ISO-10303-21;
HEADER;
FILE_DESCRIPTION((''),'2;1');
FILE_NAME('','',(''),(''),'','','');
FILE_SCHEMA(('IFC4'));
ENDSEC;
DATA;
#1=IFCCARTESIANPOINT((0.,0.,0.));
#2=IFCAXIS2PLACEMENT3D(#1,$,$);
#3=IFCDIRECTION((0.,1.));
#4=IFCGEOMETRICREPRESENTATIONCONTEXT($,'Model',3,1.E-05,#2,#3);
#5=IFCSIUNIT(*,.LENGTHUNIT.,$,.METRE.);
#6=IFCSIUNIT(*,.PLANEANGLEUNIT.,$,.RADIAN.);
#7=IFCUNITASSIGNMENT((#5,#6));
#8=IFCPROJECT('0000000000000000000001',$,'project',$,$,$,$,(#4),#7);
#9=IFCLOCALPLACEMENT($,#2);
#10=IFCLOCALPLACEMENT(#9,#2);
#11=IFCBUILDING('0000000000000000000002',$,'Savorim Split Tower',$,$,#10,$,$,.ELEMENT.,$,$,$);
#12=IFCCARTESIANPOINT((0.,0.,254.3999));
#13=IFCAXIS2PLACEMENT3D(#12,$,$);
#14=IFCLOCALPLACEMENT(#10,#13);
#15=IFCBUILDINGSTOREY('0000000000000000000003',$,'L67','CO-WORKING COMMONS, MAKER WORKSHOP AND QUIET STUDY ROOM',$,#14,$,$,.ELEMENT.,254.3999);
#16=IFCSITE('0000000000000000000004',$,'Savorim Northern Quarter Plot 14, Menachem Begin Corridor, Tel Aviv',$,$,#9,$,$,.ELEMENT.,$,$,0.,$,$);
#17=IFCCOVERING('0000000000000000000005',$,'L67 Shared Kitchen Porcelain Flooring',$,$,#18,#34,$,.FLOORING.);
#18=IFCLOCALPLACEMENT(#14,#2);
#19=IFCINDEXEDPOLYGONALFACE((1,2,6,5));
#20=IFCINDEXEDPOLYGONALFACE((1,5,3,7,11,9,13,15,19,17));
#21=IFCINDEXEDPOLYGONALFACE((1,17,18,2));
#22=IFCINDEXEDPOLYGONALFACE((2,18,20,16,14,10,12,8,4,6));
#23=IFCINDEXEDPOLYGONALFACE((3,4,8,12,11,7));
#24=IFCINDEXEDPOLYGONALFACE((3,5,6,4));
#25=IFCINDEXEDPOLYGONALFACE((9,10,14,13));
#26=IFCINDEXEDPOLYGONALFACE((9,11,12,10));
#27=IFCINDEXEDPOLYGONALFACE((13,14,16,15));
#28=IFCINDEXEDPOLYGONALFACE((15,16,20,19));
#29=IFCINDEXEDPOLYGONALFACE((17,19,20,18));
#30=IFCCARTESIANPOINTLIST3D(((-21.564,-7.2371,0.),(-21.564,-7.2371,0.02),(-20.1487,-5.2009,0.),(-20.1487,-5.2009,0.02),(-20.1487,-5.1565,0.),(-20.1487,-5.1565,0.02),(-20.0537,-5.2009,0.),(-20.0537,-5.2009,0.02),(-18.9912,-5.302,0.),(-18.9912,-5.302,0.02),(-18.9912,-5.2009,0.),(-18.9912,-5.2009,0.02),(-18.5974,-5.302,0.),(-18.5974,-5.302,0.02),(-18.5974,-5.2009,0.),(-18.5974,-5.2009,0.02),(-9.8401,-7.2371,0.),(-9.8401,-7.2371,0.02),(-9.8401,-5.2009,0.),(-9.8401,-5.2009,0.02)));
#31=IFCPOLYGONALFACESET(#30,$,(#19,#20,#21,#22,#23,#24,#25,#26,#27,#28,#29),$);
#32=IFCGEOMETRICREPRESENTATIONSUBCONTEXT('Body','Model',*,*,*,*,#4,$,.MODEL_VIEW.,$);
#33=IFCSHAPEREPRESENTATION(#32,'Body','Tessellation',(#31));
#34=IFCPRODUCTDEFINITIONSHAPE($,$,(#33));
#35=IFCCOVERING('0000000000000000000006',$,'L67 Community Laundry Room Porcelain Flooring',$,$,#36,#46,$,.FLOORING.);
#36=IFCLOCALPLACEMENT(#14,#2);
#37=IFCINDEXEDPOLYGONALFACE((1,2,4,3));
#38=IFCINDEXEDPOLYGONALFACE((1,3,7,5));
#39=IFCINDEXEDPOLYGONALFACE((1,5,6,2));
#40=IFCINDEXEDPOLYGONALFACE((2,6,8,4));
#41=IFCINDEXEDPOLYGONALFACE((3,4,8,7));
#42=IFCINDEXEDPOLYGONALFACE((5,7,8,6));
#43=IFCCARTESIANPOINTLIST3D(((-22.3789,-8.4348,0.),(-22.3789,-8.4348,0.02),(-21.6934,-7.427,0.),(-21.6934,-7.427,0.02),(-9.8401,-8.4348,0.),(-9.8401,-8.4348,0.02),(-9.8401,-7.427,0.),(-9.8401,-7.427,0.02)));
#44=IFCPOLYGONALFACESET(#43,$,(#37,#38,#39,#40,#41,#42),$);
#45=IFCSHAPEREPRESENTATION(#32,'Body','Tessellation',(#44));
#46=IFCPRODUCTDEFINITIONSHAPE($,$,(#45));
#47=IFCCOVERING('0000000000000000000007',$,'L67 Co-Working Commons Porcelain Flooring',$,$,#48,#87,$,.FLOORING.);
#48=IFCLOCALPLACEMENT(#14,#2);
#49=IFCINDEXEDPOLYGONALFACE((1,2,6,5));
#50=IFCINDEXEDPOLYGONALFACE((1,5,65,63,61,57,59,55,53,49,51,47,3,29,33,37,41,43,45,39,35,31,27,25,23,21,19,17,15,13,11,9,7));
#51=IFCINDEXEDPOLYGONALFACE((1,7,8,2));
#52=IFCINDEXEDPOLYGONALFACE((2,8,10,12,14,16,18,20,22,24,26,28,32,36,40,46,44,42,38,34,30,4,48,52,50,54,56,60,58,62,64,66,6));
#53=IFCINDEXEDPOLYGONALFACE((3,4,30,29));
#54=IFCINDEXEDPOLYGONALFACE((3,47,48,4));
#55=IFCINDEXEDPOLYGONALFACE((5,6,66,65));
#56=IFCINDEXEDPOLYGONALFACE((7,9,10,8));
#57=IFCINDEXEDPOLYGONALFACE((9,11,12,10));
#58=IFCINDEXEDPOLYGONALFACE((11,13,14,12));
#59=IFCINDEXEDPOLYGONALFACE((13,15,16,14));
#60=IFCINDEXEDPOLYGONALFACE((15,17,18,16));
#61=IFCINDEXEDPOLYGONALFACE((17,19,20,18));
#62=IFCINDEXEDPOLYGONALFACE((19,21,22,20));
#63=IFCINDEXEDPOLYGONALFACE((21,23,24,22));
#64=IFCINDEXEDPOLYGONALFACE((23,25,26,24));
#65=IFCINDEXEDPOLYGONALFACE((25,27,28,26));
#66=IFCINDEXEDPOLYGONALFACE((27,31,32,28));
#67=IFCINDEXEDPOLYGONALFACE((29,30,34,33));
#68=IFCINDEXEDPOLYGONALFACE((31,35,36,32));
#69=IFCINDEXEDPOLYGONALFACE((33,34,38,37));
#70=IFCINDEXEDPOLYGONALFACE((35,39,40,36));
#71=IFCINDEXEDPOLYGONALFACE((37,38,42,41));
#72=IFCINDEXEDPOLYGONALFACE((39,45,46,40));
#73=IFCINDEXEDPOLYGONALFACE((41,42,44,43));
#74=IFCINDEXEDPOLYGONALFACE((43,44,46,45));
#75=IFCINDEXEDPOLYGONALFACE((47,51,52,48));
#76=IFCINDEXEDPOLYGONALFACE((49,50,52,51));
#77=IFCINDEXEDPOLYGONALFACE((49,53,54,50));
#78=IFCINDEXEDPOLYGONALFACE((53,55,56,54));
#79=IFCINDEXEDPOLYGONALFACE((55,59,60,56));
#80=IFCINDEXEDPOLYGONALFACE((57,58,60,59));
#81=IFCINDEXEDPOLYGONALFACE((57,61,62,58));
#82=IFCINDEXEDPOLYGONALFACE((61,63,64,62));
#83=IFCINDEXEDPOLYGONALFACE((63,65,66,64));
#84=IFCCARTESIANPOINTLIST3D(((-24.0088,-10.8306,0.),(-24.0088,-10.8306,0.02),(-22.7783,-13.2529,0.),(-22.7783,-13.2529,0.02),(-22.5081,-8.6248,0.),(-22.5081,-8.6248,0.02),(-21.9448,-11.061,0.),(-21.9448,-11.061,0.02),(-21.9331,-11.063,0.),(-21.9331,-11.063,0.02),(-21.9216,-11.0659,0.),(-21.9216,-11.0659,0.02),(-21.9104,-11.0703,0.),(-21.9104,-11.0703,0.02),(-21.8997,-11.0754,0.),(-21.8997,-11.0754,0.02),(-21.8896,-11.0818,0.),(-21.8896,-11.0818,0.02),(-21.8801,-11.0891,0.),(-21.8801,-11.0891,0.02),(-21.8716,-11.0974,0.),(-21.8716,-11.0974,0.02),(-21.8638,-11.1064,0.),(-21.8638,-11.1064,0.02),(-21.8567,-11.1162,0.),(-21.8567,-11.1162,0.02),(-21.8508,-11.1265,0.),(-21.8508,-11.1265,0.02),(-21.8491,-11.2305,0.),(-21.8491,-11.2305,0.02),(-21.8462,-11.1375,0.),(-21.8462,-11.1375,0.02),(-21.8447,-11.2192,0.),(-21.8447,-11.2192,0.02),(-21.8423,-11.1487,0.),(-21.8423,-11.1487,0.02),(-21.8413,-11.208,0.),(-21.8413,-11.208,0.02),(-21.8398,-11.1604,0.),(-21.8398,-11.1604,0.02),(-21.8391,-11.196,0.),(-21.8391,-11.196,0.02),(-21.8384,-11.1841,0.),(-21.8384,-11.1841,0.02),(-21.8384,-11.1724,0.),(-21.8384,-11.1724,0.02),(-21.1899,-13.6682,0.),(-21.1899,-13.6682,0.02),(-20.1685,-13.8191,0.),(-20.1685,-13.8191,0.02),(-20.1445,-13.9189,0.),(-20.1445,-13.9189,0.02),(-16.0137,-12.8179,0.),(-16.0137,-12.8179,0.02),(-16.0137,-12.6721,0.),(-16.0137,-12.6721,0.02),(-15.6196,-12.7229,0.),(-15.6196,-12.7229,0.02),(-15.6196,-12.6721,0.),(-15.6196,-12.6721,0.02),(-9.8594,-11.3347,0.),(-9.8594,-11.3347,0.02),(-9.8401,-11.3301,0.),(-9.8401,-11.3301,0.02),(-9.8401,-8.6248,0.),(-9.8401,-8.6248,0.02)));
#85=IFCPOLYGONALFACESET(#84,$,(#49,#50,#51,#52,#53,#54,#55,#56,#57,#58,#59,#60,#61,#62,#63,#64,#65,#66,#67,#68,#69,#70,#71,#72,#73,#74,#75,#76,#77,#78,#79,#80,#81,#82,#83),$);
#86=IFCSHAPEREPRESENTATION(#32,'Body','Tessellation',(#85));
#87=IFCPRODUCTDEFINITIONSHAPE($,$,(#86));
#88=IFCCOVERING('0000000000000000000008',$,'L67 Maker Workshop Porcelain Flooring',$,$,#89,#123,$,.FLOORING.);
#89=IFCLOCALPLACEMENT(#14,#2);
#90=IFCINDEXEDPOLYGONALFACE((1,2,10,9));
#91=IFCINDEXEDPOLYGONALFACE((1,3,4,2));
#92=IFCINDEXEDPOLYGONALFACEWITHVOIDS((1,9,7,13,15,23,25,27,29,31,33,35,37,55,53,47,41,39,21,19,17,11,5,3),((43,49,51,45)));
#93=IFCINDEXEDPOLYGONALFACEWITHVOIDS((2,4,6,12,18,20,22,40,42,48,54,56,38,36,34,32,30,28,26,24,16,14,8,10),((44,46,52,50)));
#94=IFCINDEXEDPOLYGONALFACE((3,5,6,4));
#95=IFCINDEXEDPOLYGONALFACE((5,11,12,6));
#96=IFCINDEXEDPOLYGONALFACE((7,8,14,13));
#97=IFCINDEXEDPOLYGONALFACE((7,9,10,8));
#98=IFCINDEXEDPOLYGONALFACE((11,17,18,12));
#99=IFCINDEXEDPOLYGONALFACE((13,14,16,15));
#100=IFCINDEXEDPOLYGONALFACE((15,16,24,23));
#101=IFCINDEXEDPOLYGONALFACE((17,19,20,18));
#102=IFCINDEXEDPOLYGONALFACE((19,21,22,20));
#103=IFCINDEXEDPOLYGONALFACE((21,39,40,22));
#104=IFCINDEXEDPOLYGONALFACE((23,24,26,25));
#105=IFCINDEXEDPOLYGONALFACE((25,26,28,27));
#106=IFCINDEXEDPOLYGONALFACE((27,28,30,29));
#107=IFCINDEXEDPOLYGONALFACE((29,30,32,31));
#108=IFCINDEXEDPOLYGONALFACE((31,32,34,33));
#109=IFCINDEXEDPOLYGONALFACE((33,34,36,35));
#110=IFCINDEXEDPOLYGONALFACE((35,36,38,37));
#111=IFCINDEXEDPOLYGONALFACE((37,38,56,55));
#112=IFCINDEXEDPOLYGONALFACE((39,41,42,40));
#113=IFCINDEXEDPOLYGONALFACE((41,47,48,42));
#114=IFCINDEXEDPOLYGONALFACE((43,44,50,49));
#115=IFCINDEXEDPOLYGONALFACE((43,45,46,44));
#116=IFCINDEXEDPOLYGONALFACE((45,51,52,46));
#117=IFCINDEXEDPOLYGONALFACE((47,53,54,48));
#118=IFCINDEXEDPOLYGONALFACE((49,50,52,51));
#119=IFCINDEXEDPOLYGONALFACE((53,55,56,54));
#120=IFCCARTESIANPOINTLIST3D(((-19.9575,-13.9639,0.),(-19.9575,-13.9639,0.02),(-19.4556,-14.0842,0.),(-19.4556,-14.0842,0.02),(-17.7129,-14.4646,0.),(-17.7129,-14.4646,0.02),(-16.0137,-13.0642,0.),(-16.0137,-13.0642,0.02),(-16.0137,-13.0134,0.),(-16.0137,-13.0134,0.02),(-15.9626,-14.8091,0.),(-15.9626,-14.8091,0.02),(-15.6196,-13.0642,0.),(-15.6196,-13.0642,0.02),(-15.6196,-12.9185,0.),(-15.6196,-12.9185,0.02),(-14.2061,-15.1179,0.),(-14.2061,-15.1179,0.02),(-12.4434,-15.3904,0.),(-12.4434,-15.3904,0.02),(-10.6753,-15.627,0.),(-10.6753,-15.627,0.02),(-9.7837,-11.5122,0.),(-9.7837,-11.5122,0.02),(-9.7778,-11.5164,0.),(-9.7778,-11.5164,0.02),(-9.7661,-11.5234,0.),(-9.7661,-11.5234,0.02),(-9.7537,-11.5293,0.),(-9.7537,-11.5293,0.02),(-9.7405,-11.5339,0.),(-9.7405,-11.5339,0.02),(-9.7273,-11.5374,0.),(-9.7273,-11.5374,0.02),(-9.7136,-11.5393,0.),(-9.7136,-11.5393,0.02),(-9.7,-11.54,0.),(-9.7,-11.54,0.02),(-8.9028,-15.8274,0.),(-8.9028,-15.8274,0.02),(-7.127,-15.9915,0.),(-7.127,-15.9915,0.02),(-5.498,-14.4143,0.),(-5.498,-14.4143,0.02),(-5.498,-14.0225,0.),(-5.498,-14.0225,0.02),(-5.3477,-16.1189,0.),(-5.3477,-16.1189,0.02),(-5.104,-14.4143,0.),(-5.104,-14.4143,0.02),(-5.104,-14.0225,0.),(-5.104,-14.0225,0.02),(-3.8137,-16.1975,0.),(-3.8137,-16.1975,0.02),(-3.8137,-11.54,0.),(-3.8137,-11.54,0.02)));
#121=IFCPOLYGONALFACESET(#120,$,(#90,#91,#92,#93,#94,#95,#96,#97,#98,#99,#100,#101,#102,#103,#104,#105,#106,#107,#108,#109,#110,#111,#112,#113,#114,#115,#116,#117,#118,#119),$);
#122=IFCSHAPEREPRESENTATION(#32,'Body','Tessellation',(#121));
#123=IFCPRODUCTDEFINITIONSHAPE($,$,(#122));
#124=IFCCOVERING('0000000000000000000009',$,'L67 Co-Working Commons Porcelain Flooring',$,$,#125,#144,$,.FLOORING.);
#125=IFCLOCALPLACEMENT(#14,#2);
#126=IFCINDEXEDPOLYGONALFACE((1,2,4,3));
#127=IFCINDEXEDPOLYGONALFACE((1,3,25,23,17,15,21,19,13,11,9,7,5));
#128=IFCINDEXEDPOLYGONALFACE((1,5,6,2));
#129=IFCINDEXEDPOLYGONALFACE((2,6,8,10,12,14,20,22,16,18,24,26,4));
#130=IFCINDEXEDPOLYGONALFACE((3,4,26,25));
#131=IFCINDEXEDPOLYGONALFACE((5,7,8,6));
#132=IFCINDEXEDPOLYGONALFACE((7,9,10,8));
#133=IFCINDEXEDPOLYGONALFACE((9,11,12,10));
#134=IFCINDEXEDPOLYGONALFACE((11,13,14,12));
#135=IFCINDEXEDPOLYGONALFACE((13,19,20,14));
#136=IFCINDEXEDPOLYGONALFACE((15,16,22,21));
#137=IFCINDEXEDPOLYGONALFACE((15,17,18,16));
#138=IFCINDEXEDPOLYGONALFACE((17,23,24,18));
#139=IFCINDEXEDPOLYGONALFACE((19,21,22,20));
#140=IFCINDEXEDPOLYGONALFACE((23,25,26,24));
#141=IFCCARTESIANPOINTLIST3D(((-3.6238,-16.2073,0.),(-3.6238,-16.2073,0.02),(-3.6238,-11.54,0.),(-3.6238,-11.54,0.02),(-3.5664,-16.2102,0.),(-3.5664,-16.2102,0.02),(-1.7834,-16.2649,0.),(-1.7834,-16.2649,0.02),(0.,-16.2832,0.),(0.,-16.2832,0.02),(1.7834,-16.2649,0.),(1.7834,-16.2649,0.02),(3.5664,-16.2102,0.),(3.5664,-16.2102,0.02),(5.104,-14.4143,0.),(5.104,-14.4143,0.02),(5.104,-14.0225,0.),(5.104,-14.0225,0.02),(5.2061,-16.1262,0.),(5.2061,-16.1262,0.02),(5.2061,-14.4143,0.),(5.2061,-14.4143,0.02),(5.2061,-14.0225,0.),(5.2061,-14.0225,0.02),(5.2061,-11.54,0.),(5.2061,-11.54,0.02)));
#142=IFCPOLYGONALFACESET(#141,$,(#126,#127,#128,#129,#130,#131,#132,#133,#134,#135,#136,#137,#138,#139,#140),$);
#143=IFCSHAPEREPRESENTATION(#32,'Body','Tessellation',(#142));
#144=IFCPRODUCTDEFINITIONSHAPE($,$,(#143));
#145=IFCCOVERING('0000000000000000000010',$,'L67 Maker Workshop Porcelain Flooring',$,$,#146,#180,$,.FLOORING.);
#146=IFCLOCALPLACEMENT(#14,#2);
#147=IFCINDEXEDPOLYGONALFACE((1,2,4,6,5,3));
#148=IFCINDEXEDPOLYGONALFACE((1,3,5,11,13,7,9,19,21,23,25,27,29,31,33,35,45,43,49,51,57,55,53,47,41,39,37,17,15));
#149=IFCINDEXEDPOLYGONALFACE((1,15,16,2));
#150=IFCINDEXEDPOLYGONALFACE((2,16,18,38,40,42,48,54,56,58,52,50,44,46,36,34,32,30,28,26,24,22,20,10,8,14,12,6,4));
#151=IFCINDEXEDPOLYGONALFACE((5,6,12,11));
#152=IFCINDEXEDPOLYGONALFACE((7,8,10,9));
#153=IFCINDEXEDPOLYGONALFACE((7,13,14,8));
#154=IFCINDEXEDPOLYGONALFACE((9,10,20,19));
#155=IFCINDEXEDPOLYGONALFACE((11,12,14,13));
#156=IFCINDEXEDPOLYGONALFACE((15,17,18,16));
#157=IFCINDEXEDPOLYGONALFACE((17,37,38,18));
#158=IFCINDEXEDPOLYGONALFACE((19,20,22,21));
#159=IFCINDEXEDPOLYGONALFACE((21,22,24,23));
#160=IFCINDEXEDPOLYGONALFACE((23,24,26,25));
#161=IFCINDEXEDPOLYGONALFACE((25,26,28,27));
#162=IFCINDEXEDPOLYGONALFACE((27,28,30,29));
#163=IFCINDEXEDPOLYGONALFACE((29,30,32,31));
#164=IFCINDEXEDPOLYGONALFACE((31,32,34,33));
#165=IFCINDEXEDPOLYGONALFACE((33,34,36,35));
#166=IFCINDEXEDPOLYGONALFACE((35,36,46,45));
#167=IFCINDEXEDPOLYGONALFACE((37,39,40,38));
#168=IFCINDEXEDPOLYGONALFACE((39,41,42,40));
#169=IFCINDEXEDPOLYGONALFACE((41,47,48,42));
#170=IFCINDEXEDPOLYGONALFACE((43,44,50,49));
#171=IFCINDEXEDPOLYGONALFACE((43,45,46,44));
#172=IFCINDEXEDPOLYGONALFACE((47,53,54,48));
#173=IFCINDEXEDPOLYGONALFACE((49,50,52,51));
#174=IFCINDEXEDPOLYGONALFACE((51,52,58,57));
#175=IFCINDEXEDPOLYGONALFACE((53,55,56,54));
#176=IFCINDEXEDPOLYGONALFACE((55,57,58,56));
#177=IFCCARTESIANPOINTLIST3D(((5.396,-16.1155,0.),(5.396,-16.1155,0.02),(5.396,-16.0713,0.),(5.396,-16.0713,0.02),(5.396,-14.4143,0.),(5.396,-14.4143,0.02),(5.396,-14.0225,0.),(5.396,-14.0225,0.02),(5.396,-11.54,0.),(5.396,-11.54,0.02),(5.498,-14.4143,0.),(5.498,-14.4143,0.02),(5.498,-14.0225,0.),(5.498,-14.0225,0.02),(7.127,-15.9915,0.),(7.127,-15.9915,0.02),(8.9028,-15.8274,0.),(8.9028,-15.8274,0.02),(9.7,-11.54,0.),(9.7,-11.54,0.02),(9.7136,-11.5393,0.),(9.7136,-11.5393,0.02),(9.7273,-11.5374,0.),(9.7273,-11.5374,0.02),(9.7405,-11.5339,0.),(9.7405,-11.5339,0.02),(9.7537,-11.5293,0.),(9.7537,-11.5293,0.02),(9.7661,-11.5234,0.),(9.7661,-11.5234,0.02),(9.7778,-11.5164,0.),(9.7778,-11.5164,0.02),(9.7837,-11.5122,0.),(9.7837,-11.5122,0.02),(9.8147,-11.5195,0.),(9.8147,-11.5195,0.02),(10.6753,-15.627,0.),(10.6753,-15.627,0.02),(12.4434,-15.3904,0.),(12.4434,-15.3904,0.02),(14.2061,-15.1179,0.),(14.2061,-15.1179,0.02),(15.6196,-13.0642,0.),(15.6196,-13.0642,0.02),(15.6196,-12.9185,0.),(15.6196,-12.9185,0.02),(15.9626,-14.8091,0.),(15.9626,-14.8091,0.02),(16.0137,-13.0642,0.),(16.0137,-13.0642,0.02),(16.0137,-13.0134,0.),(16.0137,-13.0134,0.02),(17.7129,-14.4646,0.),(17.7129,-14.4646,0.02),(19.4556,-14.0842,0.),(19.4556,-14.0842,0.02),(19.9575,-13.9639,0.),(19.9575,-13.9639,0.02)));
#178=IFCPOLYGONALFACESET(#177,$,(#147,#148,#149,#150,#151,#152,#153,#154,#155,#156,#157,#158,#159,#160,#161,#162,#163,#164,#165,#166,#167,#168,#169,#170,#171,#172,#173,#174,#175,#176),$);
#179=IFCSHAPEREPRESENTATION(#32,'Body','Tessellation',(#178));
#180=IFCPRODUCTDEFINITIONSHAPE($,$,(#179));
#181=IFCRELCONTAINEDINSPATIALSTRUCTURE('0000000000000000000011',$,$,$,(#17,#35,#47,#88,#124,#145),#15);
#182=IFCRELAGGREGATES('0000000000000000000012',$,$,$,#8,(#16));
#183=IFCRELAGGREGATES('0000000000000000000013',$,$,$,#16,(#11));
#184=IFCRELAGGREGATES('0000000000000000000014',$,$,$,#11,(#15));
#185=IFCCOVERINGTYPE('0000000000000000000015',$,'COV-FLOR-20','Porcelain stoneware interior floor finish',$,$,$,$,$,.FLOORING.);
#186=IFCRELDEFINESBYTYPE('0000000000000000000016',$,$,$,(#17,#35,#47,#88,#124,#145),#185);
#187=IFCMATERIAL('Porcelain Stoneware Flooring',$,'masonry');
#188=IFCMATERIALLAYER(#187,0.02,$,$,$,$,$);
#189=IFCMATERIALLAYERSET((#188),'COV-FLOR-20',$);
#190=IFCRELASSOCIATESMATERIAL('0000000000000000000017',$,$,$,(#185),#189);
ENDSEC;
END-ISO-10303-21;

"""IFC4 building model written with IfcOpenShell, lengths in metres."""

from ifc_helpers import new_model, si_unit, direction, frame, origin, place, context, subcontext, project, spatial, polyline, outline, extrude, material, layer, layer_set, type_object, element, save


model = new_model("IFC4")

# Units and contexts
model_context = context("Model", 3, precision=1e-05, world=origin(), true_north=direction((0.0, 1.0)))
body_context = subcontext(model_context, "Body", "Model", "MODEL_VIEW")
ifc_project = project(units=[si_unit("LENGTHUNIT", "METRE"), si_unit("PLANEANGLEUNIT", "RADIAN")], contexts=[model_context])

# Site, building, storey
site_placement = place(None, origin())
site = spatial("IfcSite", under=ifc_project, at=site_placement, Name="Savorim Northern Quarter Plot 14, Menachem Begin Corridor, Tel Aviv", CompositionType="ELEMENT", RefElevation=0.0)
building_placement = place(site_placement, origin())
building = spatial("IfcBuilding", under=site, at=building_placement, Name="Savorim Split Tower", CompositionType="ELEMENT")
storey_placement = place(building_placement, frame((0.0, 0.0, 254.3999)))
storey = spatial("IfcBuildingStorey", under=building, at=storey_placement, Name="L67", Description="CO-WORKING COMMONS, MAKER WORKSHOP AND QUIET STUDY ROOM", CompositionType="ELEMENT", Elevation=254.3999)

# Coverings
ifc_material_1 = material(Name="Porcelain Stoneware Flooring", Category="masonry")
ifc_layer_1 = layer(ifc_material_1, 0.02)
ifc_layer_set_1 = layer_set([ifc_layer_1], Name="COV-FLOR-20")
covering_type_1 = type_object("IfcCoveringType", Name="COV-FLOR-20", Description="Porcelain stoneware interior floor finish", PredefinedType="FLOORING", material=ifc_layer_set_1)
covering_1_placement = place(storey_placement, origin())
element("IfcCovering", 1, at=covering_1_placement, inside=storey, type_object=covering_type_1, Name="L67 Shared Kitchen Porcelain Flooring", PredefinedType="FLOORING", context=body_context, shape_type="SweptSolid", body=[
    extrude(outline(polyline([(-20.0537, -5.2009), (-20.1487, -5.2009), (-20.1487, -5.1565), (-21.564, -7.2371), (-9.8401, -7.2371), (-9.8401, -5.2009), (-18.5974, -5.2009), (-18.5974, -5.302), (-18.9912, -5.302), (-18.9912, -5.2009), (-20.0537, -5.2009)])), origin(), (0.0, 0.0, 1.0), 0.02),
])
covering_2_placement = place(storey_placement, origin())
element("IfcCovering", 2, at=covering_2_placement, inside=storey, type_object=covering_type_1, Name="L67 Community Laundry Room Porcelain Flooring", PredefinedType="FLOORING", context=body_context, shape_type="SweptSolid", body=[
    extrude(outline(polyline([(-9.8401, -8.4348), (-9.8401, -7.427), (-21.6934, -7.427), (-22.3789, -8.4348), (-9.8401, -8.4348)])), origin(), (0.0, 0.0, 1.0), 0.02),
])
covering_3_placement = place(storey_placement, origin())
element("IfcCovering", 3, at=covering_3_placement, inside=storey, type_object=covering_type_1, Name="L67 Co-Working Commons Porcelain Flooring", PredefinedType="FLOORING", context=body_context, shape_type="SweptSolid", body=[
    extrude(outline(polyline([(-21.8384, -11.1841), (-21.8391, -11.196), (-21.8413, -11.208), (-21.8447, -11.2192), (-21.8491, -11.2305), (-22.7783, -13.2529), (-21.1899, -13.6682), (-20.1445, -13.9189), (-20.1685, -13.8191), (-16.0137, -12.8179), (-16.0137, -12.6721), (-15.6196, -12.6721), (-15.6196, -12.7229), (-9.8594, -11.3347), (-9.8401, -11.3301), (-9.8401, -8.6248), (-22.5081, -8.6248), (-24.0088, -10.8306), (-21.9448, -11.061), (-21.9331, -11.063), (-21.9216, -11.0659), (-21.9104, -11.0703), (-21.8997, -11.0754), (-21.8896, -11.0818), (-21.8801, -11.0891), (-21.8716, -11.0974), (-21.8638, -11.1064), (-21.8567, -11.1162), (-21.8508, -11.1265), (-21.8462, -11.1375), (-21.8423, -11.1487), (-21.8398, -11.1604), (-21.8384, -11.1724), (-21.8384, -11.1841)])), origin(), (0.0, 0.0, 1.0), 0.02),
])
covering_4_placement = place(storey_placement, origin())
element("IfcCovering", 4, at=covering_4_placement, inside=storey, type_object=covering_type_1, Name="L67 Maker Workshop Porcelain Flooring", PredefinedType="FLOORING", context=body_context, shape_type="SweptSolid", body=[
    extrude(outline(polyline([(-8.9028, -15.8274), (-7.127, -15.9915), (-5.3477, -16.1189), (-3.8137, -16.1975), (-3.8137, -11.54), (-9.7, -11.54), (-9.7136, -11.5393), (-9.7273, -11.5374), (-9.7405, -11.5339), (-9.7537, -11.5293), (-9.7661, -11.5234), (-9.7778, -11.5164), (-9.7837, -11.5122), (-15.6196, -12.9185), (-15.6196, -13.0642), (-16.0137, -13.0642), (-16.0137, -13.0134), (-19.9575, -13.9639), (-19.4556, -14.0842), (-17.7129, -14.4646), (-15.9626, -14.8091), (-14.2061, -15.1179), (-12.4434, -15.3904), (-10.6753, -15.627), (-8.9028, -15.8274)]), holes=[polyline([(-5.498, -14.4143), (-5.104, -14.4143), (-5.104, -14.0225), (-5.498, -14.0225), (-5.498, -14.4143)])]), origin(), (0.0, 0.0, 1.0), 0.02),
])
covering_5_placement = place(storey_placement, origin())
element("IfcCovering", 5, at=covering_5_placement, inside=storey, type_object=covering_type_1, Name="L67 Co-Working Commons Porcelain Flooring", PredefinedType="FLOORING", context=body_context, shape_type="SweptSolid", body=[
    extrude(outline(polyline([(-1.7834, -16.2649), (0.0, -16.2832), (1.7834, -16.2649), (3.5664, -16.2102), (5.2061, -16.1262), (5.2061, -14.4143), (5.104, -14.4143), (5.104, -14.0225), (5.2061, -14.0225), (5.2061, -11.54), (-3.6238, -11.54), (-3.6238, -16.2073), (-3.5664, -16.2102), (-1.7834, -16.2649)])), origin(), (0.0, 0.0, 1.0), 0.02),
])
covering_6_placement = place(storey_placement, origin())
element("IfcCovering", 6, at=covering_6_placement, inside=storey, type_object=covering_type_1, Name="L67 Maker Workshop Porcelain Flooring", PredefinedType="FLOORING", context=body_context, shape_type="SweptSolid", body=[
    extrude(outline(polyline([(14.2061, -15.1179), (15.9626, -14.8091), (17.7129, -14.4646), (19.4556, -14.0842), (19.9575, -13.9639), (16.0137, -13.0134), (16.0137, -13.0642), (15.6196, -13.0642), (15.6196, -12.9185), (9.8147, -11.5195), (9.7837, -11.5122), (9.7778, -11.5164), (9.7661, -11.5234), (9.7537, -11.5293), (9.7405, -11.5339), (9.7273, -11.5374), (9.7136, -11.5393), (9.7, -11.54), (5.396, -11.54), (5.396, -14.0225), (5.498, -14.0225), (5.498, -14.4143), (5.396, -14.4143), (5.396, -16.0713), (5.396, -16.1155), (7.127, -15.9915), (8.9028, -15.8274), (10.6753, -15.627), (12.4434, -15.3904), (14.2061, -15.1179)])), origin(), (0.0, 0.0, 1.0), 0.02),
])

save(model, "model.ifc")
